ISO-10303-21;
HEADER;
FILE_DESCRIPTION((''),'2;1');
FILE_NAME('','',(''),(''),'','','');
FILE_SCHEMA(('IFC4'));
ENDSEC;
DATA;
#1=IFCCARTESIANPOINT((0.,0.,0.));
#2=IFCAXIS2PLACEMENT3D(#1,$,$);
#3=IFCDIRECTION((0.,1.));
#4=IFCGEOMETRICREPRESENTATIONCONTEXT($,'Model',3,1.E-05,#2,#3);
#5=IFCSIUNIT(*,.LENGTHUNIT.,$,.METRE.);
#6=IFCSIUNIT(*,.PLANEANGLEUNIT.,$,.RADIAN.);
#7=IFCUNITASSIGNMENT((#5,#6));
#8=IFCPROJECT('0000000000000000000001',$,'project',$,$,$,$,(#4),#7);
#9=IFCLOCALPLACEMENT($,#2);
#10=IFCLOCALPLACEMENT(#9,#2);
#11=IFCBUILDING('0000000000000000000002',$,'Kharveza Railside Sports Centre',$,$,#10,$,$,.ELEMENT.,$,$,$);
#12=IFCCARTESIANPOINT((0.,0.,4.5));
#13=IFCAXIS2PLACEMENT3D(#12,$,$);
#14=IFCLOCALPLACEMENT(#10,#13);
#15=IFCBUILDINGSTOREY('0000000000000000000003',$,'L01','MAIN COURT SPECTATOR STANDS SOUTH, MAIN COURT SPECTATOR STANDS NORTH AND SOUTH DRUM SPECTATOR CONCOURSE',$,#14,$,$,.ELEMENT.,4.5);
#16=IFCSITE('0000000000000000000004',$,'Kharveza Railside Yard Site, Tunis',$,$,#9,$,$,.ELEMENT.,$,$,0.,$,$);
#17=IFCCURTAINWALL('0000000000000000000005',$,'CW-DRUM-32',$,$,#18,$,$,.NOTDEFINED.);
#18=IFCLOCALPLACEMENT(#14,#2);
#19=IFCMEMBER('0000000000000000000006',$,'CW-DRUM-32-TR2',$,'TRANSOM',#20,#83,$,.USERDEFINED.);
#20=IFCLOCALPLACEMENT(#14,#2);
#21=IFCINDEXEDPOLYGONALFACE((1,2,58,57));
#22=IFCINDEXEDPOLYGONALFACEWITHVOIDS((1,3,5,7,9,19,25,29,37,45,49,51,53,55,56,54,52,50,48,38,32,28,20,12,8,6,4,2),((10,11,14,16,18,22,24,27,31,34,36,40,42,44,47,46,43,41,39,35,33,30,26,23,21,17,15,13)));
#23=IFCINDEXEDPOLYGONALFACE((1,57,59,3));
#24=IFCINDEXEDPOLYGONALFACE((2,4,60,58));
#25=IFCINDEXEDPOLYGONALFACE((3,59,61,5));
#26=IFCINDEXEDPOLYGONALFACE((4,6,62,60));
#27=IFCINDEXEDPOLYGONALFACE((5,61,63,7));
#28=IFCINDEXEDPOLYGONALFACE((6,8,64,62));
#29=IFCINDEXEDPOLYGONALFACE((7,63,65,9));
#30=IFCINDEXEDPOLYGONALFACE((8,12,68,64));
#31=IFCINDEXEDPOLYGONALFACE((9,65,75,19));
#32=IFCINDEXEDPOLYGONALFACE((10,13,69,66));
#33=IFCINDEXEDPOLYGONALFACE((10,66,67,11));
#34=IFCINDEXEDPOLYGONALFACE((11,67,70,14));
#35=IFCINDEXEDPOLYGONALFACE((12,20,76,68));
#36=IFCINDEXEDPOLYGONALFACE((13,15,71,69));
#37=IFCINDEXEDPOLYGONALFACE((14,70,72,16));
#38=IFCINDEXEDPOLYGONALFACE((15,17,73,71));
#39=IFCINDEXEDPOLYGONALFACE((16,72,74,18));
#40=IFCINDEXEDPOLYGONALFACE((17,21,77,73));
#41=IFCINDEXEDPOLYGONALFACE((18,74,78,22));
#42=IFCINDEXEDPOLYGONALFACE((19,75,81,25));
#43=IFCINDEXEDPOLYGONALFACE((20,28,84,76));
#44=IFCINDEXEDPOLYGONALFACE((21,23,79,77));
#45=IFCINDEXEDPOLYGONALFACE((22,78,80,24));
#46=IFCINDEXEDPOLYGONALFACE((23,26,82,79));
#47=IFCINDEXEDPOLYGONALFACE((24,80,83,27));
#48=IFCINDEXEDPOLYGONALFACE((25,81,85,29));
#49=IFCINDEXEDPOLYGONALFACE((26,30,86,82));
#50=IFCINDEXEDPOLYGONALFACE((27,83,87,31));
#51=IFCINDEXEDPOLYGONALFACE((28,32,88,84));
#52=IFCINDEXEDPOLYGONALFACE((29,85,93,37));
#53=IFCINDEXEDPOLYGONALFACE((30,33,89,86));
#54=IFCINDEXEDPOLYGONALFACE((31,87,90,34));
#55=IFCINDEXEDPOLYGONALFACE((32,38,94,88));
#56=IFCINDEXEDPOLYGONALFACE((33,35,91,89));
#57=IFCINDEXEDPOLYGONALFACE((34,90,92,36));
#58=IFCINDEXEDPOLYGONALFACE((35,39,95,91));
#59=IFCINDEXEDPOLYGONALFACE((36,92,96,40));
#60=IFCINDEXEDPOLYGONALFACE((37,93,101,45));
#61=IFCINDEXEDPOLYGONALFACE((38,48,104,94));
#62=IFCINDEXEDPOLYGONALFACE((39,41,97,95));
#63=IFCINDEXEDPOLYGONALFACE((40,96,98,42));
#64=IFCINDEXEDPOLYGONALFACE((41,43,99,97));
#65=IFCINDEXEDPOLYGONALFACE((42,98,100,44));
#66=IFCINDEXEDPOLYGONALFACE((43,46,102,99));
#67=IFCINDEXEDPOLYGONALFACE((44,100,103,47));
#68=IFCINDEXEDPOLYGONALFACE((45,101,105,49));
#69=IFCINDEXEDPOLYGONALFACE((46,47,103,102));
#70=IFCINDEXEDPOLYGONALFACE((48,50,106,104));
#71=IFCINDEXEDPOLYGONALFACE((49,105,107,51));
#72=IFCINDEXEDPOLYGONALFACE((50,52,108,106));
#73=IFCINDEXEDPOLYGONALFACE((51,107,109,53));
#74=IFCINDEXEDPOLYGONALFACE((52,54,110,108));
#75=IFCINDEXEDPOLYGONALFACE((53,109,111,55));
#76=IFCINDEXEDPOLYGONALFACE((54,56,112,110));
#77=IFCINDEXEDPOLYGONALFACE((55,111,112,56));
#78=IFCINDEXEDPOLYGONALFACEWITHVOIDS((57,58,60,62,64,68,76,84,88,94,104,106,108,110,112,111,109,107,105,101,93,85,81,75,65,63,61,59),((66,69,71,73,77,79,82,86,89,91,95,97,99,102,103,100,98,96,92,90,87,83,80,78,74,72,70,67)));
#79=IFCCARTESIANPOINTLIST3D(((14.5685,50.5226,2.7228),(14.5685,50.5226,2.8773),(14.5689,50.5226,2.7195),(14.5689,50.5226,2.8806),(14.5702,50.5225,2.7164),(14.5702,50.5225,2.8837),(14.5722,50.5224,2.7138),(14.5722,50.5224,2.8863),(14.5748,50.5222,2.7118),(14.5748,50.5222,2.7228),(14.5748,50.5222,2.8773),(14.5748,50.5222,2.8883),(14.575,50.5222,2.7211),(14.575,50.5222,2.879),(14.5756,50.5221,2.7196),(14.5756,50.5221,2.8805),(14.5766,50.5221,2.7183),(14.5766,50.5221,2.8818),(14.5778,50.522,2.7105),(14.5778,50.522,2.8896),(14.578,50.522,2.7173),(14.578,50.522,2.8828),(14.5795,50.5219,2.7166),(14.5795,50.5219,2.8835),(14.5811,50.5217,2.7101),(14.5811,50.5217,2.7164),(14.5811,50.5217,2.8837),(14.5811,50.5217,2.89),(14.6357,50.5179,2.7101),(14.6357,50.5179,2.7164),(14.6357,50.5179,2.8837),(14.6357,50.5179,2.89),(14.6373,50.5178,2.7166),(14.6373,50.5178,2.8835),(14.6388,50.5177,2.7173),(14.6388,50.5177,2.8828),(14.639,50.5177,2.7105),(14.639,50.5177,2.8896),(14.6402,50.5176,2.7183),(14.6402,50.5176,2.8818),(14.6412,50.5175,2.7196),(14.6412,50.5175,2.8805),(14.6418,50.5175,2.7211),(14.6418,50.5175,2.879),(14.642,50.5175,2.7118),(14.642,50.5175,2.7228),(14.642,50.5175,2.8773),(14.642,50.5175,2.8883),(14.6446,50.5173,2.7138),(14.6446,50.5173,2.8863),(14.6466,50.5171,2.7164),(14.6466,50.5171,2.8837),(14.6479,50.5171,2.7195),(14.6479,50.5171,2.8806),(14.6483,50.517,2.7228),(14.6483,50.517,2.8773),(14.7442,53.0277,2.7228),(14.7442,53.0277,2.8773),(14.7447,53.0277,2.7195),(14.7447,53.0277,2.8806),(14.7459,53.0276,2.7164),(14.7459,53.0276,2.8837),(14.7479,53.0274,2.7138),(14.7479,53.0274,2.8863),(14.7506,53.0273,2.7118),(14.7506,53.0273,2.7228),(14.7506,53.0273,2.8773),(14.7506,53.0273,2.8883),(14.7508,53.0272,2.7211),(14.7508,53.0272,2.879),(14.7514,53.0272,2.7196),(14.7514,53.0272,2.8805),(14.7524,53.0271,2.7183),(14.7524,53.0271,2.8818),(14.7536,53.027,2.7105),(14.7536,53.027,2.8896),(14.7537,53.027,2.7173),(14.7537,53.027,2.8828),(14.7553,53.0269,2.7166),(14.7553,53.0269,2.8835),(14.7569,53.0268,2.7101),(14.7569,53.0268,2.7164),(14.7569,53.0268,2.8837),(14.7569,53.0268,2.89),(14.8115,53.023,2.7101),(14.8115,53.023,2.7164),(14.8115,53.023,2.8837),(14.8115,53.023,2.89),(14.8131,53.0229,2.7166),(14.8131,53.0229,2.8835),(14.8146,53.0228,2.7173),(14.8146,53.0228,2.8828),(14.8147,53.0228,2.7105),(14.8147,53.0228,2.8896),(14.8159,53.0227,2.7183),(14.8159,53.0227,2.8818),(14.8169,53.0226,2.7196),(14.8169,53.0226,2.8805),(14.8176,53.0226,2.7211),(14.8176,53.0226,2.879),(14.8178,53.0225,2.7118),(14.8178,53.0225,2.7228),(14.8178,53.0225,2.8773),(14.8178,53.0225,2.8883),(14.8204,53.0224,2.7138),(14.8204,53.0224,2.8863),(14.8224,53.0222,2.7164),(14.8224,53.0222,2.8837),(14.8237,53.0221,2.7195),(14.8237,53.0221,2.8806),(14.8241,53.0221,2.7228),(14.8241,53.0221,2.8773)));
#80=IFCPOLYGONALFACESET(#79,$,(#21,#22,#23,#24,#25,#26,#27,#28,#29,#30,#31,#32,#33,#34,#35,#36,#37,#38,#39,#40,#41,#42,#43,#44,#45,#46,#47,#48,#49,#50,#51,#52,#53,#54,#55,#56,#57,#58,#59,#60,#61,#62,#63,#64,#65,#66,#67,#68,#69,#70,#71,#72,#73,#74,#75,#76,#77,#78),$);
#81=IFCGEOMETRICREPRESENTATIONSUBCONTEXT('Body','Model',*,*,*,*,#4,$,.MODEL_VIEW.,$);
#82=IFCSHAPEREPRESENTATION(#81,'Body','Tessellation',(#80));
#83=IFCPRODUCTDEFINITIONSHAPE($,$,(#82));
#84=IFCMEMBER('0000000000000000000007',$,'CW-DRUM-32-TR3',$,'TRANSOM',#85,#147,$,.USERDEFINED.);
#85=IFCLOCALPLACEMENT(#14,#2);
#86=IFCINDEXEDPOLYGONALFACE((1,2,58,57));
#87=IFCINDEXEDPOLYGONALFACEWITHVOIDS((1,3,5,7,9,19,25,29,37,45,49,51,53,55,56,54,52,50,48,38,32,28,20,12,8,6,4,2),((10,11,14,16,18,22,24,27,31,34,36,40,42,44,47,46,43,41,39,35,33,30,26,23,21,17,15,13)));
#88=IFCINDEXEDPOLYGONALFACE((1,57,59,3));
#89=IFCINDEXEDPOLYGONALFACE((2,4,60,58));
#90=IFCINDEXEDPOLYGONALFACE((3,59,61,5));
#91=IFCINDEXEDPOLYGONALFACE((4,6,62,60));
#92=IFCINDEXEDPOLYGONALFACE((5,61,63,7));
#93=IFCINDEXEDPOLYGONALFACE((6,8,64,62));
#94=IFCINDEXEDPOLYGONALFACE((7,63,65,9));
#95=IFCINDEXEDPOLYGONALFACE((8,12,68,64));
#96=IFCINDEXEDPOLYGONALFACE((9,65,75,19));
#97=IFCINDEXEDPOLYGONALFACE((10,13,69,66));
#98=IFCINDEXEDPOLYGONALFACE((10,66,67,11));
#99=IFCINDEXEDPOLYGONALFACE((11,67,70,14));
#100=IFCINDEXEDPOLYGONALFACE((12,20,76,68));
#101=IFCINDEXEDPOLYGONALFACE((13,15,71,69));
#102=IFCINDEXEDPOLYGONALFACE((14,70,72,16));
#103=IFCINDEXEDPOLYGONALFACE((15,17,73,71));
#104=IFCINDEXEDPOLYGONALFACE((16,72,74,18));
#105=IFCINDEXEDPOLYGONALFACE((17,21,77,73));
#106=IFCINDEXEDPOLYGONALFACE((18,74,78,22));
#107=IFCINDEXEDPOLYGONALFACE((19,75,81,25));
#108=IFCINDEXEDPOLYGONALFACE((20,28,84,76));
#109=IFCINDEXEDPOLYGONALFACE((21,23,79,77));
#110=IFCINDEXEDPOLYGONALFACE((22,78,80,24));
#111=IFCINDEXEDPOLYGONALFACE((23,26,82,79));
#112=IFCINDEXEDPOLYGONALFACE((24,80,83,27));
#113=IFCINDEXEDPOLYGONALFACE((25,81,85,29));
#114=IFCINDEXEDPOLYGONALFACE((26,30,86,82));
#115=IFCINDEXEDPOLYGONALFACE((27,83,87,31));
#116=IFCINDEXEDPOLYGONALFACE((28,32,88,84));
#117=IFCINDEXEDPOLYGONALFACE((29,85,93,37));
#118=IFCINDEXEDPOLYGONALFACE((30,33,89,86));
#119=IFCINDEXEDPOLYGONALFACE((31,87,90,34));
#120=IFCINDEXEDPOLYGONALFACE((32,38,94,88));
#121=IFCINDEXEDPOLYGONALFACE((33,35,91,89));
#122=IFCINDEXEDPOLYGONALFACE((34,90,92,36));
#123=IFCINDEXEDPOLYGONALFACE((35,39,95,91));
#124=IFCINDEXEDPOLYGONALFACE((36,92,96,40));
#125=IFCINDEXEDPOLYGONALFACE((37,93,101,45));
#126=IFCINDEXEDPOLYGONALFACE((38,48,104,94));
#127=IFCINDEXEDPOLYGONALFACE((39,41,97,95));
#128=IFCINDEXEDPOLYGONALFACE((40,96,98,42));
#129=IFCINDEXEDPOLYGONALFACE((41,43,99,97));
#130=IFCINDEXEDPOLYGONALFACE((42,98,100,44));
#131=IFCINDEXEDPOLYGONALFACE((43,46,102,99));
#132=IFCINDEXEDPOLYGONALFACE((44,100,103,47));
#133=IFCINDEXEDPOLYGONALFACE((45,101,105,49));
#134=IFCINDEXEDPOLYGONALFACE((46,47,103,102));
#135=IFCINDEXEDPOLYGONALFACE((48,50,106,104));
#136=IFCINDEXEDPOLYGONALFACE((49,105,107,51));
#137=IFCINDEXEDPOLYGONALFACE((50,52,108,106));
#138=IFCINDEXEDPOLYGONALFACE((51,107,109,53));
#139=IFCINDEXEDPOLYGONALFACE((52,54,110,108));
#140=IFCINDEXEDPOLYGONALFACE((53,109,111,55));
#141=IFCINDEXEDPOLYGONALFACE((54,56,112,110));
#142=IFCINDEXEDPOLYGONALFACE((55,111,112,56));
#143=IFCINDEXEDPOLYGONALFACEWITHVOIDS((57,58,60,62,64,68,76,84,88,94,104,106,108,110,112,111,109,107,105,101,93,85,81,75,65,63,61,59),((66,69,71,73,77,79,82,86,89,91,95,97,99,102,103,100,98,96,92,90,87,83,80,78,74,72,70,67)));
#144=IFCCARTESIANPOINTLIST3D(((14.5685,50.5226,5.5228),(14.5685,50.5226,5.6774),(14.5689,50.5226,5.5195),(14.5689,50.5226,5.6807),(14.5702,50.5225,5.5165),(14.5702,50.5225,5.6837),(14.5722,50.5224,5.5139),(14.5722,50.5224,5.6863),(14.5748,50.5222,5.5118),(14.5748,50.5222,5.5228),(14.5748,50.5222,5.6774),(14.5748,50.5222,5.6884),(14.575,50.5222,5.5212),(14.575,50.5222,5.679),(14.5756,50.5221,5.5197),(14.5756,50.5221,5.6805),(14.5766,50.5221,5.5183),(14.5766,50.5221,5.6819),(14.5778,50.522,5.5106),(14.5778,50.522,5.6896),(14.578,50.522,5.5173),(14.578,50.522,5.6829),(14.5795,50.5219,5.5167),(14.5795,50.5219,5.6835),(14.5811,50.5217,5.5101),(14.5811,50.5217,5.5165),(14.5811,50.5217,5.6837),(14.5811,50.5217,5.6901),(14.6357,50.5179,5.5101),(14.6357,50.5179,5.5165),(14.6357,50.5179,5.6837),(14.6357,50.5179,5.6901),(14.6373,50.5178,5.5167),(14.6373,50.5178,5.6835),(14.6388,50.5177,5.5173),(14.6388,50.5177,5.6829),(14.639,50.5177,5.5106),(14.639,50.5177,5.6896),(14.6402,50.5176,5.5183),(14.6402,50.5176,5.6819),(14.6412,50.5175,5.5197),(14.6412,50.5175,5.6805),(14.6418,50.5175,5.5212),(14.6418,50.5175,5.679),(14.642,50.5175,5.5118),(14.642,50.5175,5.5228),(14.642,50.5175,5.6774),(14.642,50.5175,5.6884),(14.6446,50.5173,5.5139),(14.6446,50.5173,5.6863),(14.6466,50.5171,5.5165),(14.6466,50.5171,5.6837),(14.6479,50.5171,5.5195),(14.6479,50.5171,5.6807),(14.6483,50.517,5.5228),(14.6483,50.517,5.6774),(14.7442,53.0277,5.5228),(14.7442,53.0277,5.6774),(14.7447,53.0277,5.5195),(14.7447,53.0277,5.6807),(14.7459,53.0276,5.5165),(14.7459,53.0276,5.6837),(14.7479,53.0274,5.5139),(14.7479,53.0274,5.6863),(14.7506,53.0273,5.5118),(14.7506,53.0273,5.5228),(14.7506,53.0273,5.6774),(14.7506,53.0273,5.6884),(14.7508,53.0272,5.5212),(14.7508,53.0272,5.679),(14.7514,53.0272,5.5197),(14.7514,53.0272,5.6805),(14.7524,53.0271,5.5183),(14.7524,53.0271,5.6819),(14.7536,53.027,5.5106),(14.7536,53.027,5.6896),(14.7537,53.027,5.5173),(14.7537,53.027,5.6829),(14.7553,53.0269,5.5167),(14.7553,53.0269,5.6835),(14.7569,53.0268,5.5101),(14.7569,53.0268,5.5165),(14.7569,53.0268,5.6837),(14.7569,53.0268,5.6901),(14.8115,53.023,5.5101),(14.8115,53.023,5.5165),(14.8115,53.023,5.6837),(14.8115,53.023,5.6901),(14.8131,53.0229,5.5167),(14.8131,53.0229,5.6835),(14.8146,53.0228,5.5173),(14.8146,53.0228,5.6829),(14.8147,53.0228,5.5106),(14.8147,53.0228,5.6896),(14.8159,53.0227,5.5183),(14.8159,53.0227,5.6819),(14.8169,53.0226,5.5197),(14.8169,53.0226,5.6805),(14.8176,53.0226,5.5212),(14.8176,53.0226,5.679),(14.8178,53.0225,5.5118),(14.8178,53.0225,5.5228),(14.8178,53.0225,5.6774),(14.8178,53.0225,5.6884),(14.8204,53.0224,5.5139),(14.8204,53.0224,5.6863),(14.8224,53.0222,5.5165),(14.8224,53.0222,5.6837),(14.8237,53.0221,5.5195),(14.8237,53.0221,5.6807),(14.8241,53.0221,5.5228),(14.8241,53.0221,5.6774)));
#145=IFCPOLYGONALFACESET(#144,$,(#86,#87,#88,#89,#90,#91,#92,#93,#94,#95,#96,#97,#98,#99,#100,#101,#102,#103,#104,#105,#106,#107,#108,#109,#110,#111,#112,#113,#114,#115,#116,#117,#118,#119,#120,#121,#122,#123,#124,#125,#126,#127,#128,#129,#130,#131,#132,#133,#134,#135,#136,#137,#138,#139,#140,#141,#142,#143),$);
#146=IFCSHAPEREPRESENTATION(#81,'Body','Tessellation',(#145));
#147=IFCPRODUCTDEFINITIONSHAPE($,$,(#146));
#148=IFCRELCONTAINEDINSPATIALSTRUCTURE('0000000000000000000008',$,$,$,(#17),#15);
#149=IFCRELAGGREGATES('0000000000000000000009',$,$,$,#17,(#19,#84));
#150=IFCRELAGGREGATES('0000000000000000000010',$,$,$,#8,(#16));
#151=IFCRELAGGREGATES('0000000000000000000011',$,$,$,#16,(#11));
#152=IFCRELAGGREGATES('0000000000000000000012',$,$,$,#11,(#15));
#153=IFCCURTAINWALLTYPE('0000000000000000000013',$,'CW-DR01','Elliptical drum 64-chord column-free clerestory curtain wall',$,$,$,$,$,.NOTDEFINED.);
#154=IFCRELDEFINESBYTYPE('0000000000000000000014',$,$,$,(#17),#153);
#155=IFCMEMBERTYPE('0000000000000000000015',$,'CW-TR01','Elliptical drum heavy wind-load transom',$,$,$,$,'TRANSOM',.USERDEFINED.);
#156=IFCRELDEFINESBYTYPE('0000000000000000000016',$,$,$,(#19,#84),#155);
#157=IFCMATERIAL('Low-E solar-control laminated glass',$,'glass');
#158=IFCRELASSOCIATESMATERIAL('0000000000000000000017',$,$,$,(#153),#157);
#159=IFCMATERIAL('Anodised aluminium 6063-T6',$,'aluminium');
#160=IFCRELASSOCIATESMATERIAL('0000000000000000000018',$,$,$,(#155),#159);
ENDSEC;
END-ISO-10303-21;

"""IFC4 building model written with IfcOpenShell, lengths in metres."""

from ifc_helpers import new_model, si_unit, direction, frame, origin, origin_2d, place, context, subcontext, project, spatial, hollow_rectangle, extrude, material, material_profile, profile_set, type_object, element, aggregate, save


model = new_model("IFC4")

# Units and contexts
model_context = context("Model", 3, precision=1e-05, world=origin(), true_north=direction((0.0, 1.0)))
body_context = subcontext(model_context, "Body", "Model", "MODEL_VIEW")
ifc_project = project(units=[si_unit("LENGTHUNIT", "METRE"), si_unit("PLANEANGLEUNIT", "RADIAN")], contexts=[model_context])

# Site, building, storey
site_placement = place(None, origin())
site = spatial("IfcSite", under=ifc_project, at=site_placement, Name="Kharveza Railside Yard Site, Tunis", CompositionType="ELEMENT", RefElevation=0.0)
building_placement = place(site_placement, origin())
building = spatial("IfcBuilding", under=site, at=building_placement, Name="Kharveza Railside Sports Centre", CompositionType="ELEMENT")
storey_placement = place(building_placement, frame((0.0, 0.0, 4.5)))
storey = spatial("IfcBuildingStorey", under=building, at=storey_placement, Name="L01", Description="MAIN COURT SPECTATOR STANDS SOUTH, MAIN COURT SPECTATOR STANDS NORTH AND SOUTH DRUM SPECTATOR CONCOURSE", CompositionType="ELEMENT", Elevation=4.5)

# Shared definitions
ifc_material_1 = material(Name="Low-E solar-control laminated glass", Category="glass")
curtain_wall_type = type_object("IfcCurtainWallType", Name="CW-DR01", Description="Elliptical drum 64-chord column-free clerestory curtain wall", PredefinedType="NOTDEFINED", material=ifc_material_1)
ifc_material_2 = material(Name="Anodised aluminium 6063-T6", Category="aluminium")

# Curtain wall
curtain_wall_1_placement = place(storey_placement, origin())
curtain_wall_1 = element("IfcCurtainWall", 1, at=curtain_wall_1_placement, inside=storey, type_object=curtain_wall_type, Name="CW-DRUM-32", PredefinedType="NOTDEFINED")

# Members
ifc_material_profile_1 = material_profile(ifc_material_2, hollow_rectangle(XDim=0.0801, YDim=0.1799, WallThickness=0.0063, InnerFilletRadius=0.0063, OuterFilletRadius=0.0127, at=origin_2d()), Name="RHS 80x180x6.3")
ifc_profile_set_1 = profile_set([ifc_material_profile_1], Name="Anodised aluminium 6063-T6")
member_type_1 = type_object("IfcMemberType", Name="CW-TR01", Description="Elliptical drum heavy wind-load transom", ElementType="TRANSOM", PredefinedType="USERDEFINED", material=ifc_profile_set_1)
member_1_placement = place(storey_placement, frame((14.7842, 53.0249, 2.8), z_axis=(-0.069996, -0.997547, 0.0), x_axis=(0.997547, -0.069996, 0.0)))
member_1 = element("IfcMember", 2, at=member_1_placement, type_object=member_type_1, Name="CW-DRUM-32-TR2", ObjectType="TRANSOM", PredefinedType="USERDEFINED", context=body_context, shape_type="SweptSolid", body=[
    extrude(hollow_rectangle(XDim=0.0801, YDim=0.1799, WallThickness=0.0063, InnerFilletRadius=0.0063, OuterFilletRadius=0.0127, at=origin_2d()), origin(), (0.0, 0.0, 1.0), 2.5112),
])
member_2_placement = place(storey_placement, frame((14.7842, 53.0249, 5.6001), z_axis=(-0.069996, -0.997547, 0.0), x_axis=(0.997547, -0.069996, 0.0)))
member_2 = element("IfcMember", 3, at=member_2_placement, type_object=member_type_1, Name="CW-DRUM-32-TR3", ObjectType="TRANSOM", PredefinedType="USERDEFINED", context=body_context, shape_type="SweptSolid", body=[
    extrude(hollow_rectangle(XDim=0.0801, YDim=0.1799, WallThickness=0.0063, InnerFilletRadius=0.0063, OuterFilletRadius=0.0127, at=origin_2d()), origin(), (0.0, 0.0, 1.0), 2.5112),
])

aggregate(curtain_wall_1, [member_1, member_2])

save(model, "model.ifc")
